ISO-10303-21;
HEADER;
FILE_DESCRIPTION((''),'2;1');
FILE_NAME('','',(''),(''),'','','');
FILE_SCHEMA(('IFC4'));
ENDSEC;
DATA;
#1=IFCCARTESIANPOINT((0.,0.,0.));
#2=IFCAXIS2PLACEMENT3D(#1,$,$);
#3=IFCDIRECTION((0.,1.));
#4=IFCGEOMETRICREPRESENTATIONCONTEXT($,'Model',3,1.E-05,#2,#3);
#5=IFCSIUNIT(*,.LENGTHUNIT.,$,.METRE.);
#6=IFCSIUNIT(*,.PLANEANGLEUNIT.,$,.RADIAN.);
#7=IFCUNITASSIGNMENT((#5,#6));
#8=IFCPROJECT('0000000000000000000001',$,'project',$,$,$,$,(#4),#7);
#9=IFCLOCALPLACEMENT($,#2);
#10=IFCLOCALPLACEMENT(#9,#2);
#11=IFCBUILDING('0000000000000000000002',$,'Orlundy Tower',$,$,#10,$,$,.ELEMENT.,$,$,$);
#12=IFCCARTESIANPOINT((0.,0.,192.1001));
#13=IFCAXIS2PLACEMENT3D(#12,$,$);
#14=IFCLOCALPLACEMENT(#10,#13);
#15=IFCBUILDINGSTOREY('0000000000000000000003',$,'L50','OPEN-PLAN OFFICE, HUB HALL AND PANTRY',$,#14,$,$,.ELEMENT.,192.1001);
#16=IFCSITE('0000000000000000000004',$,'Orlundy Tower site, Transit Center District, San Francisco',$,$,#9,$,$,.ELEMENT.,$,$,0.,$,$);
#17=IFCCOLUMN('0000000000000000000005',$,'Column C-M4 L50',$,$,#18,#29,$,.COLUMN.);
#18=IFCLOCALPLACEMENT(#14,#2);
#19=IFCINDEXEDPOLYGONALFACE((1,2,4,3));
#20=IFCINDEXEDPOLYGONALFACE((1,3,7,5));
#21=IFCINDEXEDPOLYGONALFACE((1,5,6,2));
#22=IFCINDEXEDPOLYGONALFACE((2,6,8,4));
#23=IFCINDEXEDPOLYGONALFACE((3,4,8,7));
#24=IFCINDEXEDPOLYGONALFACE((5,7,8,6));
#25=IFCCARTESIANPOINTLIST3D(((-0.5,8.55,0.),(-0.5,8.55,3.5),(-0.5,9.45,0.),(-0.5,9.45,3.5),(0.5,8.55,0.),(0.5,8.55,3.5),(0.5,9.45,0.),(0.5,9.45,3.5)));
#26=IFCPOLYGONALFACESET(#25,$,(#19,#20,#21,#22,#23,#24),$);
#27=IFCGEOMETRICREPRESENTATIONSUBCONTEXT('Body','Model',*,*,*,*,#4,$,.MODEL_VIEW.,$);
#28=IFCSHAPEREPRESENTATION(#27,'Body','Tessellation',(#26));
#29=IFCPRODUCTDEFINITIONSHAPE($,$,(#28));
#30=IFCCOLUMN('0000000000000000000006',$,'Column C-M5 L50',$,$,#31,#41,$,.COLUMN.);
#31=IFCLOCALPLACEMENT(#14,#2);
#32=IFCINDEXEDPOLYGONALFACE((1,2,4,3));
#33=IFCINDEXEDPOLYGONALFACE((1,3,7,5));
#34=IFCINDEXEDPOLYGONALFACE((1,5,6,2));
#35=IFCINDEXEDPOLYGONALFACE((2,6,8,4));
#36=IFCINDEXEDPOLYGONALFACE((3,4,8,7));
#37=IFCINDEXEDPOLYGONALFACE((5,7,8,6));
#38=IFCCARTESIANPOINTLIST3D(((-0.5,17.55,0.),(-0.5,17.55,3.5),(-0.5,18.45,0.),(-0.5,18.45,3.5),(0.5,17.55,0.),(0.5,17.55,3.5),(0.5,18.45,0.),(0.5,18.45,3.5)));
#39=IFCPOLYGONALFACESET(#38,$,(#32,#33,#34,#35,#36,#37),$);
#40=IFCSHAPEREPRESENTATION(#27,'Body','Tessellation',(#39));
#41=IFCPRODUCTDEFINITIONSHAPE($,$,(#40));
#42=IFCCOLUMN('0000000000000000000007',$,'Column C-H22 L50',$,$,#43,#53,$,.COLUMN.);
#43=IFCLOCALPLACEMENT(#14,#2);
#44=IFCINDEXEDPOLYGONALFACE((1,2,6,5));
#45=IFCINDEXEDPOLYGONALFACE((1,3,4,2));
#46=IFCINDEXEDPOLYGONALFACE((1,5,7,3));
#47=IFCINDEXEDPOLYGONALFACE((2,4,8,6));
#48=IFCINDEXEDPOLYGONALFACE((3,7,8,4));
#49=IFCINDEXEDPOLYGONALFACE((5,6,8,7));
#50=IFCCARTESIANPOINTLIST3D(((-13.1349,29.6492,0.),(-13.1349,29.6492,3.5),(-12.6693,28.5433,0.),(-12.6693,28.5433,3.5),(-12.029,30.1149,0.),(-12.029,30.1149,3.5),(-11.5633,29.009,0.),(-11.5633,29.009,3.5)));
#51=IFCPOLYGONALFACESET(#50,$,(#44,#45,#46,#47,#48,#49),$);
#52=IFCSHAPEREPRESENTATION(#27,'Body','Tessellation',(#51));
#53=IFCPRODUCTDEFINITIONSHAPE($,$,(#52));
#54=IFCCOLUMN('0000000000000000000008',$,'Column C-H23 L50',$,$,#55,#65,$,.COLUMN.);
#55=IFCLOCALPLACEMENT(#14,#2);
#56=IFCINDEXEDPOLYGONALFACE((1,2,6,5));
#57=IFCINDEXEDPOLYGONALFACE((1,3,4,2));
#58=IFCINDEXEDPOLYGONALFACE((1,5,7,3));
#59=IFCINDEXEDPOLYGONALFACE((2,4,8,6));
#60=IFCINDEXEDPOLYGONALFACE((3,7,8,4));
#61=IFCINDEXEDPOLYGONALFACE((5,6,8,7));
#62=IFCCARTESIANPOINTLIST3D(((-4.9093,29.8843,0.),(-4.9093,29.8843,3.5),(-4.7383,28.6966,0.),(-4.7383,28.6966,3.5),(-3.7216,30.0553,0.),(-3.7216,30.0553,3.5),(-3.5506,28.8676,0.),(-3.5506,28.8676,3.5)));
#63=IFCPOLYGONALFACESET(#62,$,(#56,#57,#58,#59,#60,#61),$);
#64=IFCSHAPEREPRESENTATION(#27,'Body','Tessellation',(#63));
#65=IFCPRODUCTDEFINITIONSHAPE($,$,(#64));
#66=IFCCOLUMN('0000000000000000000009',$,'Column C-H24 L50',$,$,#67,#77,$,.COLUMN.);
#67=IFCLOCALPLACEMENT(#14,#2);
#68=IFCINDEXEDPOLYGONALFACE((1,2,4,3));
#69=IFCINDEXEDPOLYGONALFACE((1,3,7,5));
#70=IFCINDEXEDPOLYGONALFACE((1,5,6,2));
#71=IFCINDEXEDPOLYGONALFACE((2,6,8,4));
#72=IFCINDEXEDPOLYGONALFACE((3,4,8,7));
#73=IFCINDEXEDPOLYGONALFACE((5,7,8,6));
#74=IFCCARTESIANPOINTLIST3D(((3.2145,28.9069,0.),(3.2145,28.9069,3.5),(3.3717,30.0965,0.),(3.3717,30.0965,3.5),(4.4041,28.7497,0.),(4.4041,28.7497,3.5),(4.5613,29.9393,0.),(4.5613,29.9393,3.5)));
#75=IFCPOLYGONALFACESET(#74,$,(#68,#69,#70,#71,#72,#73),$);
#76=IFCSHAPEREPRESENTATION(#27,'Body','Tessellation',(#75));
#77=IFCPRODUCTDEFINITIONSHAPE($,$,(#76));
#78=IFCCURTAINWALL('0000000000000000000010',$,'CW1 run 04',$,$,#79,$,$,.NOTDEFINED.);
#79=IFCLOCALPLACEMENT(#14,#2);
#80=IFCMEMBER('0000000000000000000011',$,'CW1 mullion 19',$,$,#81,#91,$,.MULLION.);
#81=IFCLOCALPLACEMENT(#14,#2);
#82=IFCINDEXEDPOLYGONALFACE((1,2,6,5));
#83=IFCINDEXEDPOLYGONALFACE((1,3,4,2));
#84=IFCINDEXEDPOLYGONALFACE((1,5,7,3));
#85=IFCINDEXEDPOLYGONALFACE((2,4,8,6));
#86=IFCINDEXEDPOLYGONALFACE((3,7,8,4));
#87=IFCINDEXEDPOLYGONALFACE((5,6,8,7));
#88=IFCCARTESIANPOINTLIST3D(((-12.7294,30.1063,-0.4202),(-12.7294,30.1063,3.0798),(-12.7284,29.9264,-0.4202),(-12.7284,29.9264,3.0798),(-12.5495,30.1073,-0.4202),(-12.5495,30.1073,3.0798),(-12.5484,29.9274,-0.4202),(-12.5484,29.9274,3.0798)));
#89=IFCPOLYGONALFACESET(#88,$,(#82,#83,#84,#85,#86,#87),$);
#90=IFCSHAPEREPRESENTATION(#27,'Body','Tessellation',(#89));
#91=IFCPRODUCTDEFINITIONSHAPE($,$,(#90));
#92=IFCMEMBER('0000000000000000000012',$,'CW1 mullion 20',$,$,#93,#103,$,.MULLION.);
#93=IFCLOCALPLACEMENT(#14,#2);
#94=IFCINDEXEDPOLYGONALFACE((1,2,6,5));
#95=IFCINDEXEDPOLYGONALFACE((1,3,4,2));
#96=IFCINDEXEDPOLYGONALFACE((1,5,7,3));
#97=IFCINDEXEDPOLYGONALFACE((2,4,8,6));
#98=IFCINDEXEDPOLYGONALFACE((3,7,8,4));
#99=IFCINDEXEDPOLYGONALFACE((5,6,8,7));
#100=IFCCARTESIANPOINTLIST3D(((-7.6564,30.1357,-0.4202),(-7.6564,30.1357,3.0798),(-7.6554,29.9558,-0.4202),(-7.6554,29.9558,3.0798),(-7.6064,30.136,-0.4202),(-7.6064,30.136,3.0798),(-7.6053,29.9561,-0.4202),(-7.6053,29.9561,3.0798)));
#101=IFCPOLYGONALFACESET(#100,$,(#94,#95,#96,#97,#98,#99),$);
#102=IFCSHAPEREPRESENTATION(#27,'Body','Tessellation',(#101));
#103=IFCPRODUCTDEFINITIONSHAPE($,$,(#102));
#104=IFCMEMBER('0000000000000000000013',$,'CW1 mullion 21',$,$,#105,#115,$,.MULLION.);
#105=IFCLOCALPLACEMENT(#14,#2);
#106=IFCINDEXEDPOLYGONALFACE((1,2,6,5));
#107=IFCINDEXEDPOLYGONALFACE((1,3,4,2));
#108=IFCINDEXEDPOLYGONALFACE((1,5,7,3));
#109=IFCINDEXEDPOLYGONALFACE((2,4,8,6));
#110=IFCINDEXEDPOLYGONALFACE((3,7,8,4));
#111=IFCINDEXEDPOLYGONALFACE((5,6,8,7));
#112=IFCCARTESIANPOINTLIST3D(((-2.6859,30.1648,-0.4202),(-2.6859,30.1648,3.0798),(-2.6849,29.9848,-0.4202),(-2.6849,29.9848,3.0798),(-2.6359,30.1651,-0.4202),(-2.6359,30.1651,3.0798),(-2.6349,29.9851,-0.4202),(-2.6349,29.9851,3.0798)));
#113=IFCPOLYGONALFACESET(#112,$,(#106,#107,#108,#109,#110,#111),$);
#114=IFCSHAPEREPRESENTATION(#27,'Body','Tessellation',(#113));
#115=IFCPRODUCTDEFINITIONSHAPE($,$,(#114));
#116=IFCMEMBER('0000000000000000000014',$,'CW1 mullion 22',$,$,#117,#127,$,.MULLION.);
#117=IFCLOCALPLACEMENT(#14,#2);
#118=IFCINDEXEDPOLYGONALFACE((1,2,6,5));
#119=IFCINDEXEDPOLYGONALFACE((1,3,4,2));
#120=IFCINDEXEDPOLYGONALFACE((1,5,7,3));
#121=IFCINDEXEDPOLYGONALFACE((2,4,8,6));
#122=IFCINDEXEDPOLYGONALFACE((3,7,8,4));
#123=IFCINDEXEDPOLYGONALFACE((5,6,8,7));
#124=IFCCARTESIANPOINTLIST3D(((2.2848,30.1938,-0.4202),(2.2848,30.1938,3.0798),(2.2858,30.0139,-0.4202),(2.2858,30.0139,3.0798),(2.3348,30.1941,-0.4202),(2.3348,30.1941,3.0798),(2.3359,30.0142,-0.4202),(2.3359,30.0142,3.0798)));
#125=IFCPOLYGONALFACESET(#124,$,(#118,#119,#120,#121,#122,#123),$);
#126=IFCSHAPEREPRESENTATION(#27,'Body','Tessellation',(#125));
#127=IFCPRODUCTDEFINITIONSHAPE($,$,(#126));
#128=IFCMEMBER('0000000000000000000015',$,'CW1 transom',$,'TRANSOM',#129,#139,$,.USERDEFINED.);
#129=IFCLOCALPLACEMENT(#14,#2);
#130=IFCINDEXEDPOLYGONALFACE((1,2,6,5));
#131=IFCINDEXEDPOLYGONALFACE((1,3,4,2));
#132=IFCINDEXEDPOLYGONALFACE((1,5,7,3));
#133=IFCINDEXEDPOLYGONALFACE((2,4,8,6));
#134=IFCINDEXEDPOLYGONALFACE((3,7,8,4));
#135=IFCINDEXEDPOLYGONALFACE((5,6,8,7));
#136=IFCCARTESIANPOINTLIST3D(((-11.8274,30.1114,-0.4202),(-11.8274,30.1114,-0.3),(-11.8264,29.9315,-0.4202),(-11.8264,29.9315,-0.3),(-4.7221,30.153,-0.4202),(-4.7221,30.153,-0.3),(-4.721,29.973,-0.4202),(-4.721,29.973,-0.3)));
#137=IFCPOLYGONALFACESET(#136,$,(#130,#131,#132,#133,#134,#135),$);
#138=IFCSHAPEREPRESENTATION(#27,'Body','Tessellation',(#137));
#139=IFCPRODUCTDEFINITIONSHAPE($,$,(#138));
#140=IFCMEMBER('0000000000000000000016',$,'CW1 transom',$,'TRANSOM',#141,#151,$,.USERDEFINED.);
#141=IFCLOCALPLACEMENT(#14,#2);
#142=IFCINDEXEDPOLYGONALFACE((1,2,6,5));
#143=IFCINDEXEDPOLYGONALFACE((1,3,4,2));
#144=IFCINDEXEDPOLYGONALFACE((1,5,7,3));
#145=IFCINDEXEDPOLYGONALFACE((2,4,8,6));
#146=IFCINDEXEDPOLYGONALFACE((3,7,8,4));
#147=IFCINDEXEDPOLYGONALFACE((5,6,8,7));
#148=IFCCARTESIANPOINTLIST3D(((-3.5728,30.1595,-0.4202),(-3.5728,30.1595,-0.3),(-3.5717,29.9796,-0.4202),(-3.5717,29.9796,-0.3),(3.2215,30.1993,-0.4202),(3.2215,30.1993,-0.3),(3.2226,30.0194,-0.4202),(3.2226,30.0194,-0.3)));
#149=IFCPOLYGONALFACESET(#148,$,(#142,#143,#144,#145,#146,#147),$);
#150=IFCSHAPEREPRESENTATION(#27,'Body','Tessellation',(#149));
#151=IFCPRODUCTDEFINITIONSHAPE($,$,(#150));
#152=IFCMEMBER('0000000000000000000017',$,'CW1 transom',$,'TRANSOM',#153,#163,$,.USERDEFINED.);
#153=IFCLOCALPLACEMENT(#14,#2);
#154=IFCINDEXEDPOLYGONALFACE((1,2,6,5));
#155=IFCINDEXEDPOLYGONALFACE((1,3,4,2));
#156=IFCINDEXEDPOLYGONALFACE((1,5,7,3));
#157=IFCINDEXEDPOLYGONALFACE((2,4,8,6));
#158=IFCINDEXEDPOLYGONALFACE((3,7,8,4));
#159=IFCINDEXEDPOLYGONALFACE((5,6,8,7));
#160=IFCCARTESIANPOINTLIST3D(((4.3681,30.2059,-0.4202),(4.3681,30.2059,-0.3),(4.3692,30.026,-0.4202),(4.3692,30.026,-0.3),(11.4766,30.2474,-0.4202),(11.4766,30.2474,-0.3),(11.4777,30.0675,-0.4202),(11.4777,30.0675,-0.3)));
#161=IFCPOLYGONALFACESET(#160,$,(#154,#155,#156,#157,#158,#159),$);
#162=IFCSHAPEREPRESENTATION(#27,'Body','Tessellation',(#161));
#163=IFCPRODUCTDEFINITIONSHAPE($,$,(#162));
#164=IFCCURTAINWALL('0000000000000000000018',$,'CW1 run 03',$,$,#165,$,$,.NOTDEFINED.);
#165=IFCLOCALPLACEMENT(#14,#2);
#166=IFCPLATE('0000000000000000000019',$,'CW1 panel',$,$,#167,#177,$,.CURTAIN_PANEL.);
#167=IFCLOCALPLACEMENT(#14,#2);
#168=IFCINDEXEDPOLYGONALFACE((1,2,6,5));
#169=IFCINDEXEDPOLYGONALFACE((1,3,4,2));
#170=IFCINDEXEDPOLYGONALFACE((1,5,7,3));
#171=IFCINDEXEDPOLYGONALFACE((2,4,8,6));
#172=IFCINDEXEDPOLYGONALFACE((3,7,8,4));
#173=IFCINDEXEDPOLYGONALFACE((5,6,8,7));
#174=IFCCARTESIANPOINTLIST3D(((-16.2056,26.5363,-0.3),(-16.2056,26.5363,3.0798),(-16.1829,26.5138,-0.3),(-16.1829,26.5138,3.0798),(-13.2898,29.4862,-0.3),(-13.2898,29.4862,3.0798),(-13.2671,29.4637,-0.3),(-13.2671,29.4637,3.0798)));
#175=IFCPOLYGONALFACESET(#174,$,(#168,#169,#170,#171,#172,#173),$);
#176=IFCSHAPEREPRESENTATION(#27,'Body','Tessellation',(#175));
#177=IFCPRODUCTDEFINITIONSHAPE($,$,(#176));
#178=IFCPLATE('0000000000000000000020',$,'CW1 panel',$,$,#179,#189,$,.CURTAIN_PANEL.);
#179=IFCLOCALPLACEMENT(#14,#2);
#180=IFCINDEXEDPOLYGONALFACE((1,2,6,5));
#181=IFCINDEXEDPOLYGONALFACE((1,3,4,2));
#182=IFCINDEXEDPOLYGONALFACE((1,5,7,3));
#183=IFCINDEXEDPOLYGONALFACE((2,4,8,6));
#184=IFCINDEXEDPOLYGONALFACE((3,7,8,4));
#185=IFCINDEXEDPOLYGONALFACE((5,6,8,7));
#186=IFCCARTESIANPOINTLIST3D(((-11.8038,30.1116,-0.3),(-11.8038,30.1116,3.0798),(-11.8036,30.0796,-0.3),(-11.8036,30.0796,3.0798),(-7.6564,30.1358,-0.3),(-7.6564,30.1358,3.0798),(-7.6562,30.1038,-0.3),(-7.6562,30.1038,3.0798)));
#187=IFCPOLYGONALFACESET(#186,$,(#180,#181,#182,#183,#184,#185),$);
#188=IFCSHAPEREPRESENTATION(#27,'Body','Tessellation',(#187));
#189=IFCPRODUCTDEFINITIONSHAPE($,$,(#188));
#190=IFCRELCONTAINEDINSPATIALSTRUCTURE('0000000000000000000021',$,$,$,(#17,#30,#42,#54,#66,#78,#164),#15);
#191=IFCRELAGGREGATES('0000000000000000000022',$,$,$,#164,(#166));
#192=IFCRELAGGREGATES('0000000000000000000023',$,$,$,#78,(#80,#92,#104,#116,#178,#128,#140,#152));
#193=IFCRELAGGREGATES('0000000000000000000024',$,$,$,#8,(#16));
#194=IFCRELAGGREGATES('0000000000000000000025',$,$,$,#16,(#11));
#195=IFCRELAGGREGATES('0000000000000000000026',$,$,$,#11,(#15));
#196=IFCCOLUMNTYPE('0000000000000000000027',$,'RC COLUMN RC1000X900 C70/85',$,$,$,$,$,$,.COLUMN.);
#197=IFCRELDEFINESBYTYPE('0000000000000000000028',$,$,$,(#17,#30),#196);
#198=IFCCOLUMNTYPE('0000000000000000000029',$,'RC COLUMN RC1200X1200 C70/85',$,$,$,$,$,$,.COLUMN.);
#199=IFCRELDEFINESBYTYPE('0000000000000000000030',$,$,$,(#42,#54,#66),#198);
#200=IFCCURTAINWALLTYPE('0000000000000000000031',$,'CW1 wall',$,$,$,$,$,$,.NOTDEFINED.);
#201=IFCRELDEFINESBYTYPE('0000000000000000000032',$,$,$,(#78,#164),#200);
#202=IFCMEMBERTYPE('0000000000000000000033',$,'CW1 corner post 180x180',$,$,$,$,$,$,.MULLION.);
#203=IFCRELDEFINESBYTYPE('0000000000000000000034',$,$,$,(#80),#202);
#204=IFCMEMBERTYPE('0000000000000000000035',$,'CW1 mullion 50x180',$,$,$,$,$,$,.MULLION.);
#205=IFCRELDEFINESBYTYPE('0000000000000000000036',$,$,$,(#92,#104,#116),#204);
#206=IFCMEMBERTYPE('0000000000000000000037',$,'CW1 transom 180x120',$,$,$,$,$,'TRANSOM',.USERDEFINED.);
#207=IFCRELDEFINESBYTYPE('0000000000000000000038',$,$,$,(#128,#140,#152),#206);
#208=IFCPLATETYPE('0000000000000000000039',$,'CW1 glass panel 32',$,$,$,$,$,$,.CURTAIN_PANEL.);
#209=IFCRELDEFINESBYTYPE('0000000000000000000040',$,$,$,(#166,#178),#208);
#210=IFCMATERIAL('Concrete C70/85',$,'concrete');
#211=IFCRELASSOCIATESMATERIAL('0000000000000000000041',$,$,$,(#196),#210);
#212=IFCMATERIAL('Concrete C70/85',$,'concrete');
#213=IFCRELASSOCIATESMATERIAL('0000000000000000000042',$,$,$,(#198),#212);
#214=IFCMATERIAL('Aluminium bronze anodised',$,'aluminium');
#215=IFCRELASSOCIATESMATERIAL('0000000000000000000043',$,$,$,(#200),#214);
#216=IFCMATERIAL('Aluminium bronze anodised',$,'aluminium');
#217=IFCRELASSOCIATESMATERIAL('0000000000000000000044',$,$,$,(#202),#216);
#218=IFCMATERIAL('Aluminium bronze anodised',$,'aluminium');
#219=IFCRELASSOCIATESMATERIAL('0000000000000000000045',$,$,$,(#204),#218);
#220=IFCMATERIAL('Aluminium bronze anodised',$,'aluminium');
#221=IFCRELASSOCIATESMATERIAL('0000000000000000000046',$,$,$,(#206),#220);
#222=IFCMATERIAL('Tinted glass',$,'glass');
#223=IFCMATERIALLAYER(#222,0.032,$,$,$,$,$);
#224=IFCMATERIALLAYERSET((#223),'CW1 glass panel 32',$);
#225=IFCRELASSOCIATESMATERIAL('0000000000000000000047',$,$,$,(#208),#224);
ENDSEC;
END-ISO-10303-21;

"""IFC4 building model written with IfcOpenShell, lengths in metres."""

from ifc_helpers import new_model, si_unit, direction, frame, origin, origin_2d, place, context, subcontext, project, spatial, rectangle, extrude, material, layer, layer_set, material_profile, profile_set, type_object, element, aggregate, save


model = new_model("IFC4")

# Units and contexts
model_context = context("Model", 3, precision=1e-05, world=origin(), true_north=direction((0.0, 1.0)))
body_context = subcontext(model_context, "Body", "Model", "MODEL_VIEW")
ifc_project = project(units=[si_unit("LENGTHUNIT", "METRE"), si_unit("PLANEANGLEUNIT", "RADIAN")], contexts=[model_context])

# Site, building, storey
site_placement = place(None, origin())
site = spatial("IfcSite", under=ifc_project, at=site_placement, Name="Orlundy Tower site, Transit Center District, San Francisco", CompositionType="ELEMENT", RefElevation=0.0)
building_placement = place(site_placement, origin())
building = spatial("IfcBuilding", under=site, at=building_placement, Name="Orlundy Tower", CompositionType="ELEMENT")
storey_placement = place(building_placement, frame((0.0, 0.0, 192.1001)))
storey = spatial("IfcBuildingStorey", under=building, at=storey_placement, Name="L50", Description="OPEN-PLAN OFFICE, HUB HALL AND PANTRY", CompositionType="ELEMENT", Elevation=192.1001)

# Columns
ifc_material_1 = material(Name="Concrete C70/85", Category="concrete")
ifc_material_profile_1 = material_profile(ifc_material_1, rectangle(XDim=1.0, YDim=0.8999, at=origin_2d()), Name="RC1000X900")
ifc_profile_set_1 = profile_set([ifc_material_profile_1], Name="Concrete C70/85")
column_type_1 = type_object("IfcColumnType", Name="RC COLUMN RC1000X900 C70/85", PredefinedType="COLUMN", material=ifc_profile_set_1)
for number, where, z_axis, x_axis, name in (
    (1, (0.0, 9.0, 0.0), (0.0, 0.0, 1.0), (1.0, 0.0, 0.0), "Column C-M4 L50"),
    (2, (0.0, 18.0, 0.0), (0.0, 0.0, 1.0), (1.0, 0.0, 0.0), "Column C-M5 L50"),
):
    element("IfcColumn", number, at=place(storey_placement, frame(where, z_axis=z_axis, x_axis=x_axis)), inside=storey, type_object=column_type_1, Name=name, PredefinedType="COLUMN", context=body_context, shape_type="SweptSolid", body=[
        extrude(rectangle(XDim=1.0, YDim=0.8999, at=origin_2d()), origin(), (0.0, 0.0, 1.0), 3.5),
    ])
ifc_material_2 = material(Name="Concrete C70/85", Category="concrete")
ifc_material_profile_2 = material_profile(ifc_material_2, rectangle(XDim=1.2, YDim=1.2, at=origin_2d()), Name="RC1200X1200")
ifc_profile_set_2 = profile_set([ifc_material_profile_2], Name="Concrete C70/85")
column_type_2 = type_object("IfcColumnType", Name="RC COLUMN RC1200X1200 C70/85", PredefinedType="COLUMN", material=ifc_profile_set_2)
for number, where, z_axis, x_axis, name in (
    (3, (-12.3491, 29.3291, 0.0), (0.0, 0.0, 1.0), (-0.388063, 0.921633, 0.0), "Column C-H22 L50"),
    (4, (-4.23, 29.376, 0.0), (0.0, 0.0, 1.0), (-0.142525, 0.989791, 0.0), "Column C-H23 L50"),
    (5, (3.8879, 29.4231, 0.0), (0.0, 0.0, 1.0), (0.131011, 0.991381, 0.0), "Column C-H24 L50"),
):
    element("IfcColumn", number, at=place(storey_placement, frame(where, z_axis=z_axis, x_axis=x_axis)), inside=storey, type_object=column_type_2, Name=name, PredefinedType="COLUMN", context=body_context, shape_type="SweptSolid", body=[
        extrude(rectangle(XDim=1.2, YDim=1.2, at=origin_2d()), origin(), (0.0, 0.0, 1.0), 3.5),
    ])

# Curtain wall, members
ifc_material_3 = material(Name="Aluminium bronze anodised", Category="aluminium")
curtain_wall_type = type_object("IfcCurtainWallType", Name="CW1 wall", PredefinedType="NOTDEFINED", material=ifc_material_3)
curtain_wall_1_placement = place(storey_placement, origin())
curtain_wall_1 = element("IfcCurtainWall", 6, at=curtain_wall_1_placement, inside=storey, type_object=curtain_wall_type, Name="CW1 run 04", PredefinedType="NOTDEFINED")
ifc_material_4 = material(Name="Aluminium bronze anodised", Category="aluminium")
ifc_material_profile_3 = material_profile(ifc_material_4, rectangle(XDim=0.1799, YDim=0.1799, at=origin_2d()), Name="CW1 corner post 180x180")
ifc_profile_set_3 = profile_set([ifc_material_profile_3], Name="Aluminium bronze anodised")
member_type_1 = type_object("IfcMemberType", Name="CW1 corner post 180x180", PredefinedType="MULLION", material=ifc_profile_set_3)
member_1_placement = place(storey_placement, frame((-12.6389, 30.0168, -0.4202), z_axis=(0.0, 0.0, 1.0), x_axis=(-0.005834, 0.999983, 0.0)))
member_1 = element("IfcMember", 7, at=member_1_placement, type_object=member_type_1, Name="CW1 mullion 19", PredefinedType="MULLION", context=body_context, shape_type="SweptSolid", body=[
    extrude(rectangle(XDim=0.1799, YDim=0.1799, at=origin_2d()), origin(), (0.0, 0.0, 1.0), 3.5),
])
ifc_material_5 = material(Name="Aluminium bronze anodised", Category="aluminium")
ifc_material_profile_4 = material_profile(ifc_material_5, rectangle(XDim=0.1799, YDim=0.05, at=origin_2d()), Name="CW1 mullion 50x180")
ifc_profile_set_4 = profile_set([ifc_material_profile_4], Name="Aluminium bronze anodised")
member_type_2 = type_object("IfcMemberType", Name="CW1 mullion 50x180", PredefinedType="MULLION", material=ifc_profile_set_4)
member_2_placement = place(storey_placement, frame((-7.6309, 30.0459, -0.4202), z_axis=(0.0, 0.0, 1.0), x_axis=(-0.005834, 0.999983, 0.0)))
member_2 = element("IfcMember", 8, at=member_2_placement, type_object=member_type_2, Name="CW1 mullion 20", PredefinedType="MULLION", context=body_context, shape_type="SweptSolid", body=[
    extrude(rectangle(XDim=0.1799, YDim=0.05, at=origin_2d()), origin(), (0.0, 0.0, 1.0), 3.5),
])
member_3_placement = place(storey_placement, frame((-2.6604, 30.075, -0.4202), z_axis=(0.0, 0.0, 1.0), x_axis=(-0.005834, 0.999983, 0.0)))
member_3 = element("IfcMember", 9, at=member_3_placement, type_object=member_type_2, Name="CW1 mullion 21", PredefinedType="MULLION", context=body_context, shape_type="SweptSolid", body=[
    extrude(rectangle(XDim=0.1799, YDim=0.05, at=origin_2d()), origin(), (0.0, 0.0, 1.0), 3.5),
])
member_4_placement = place(storey_placement, frame((2.3103, 30.104, -0.4202), z_axis=(0.0, 0.0, 1.0), x_axis=(-0.005834, 0.999983, 0.0)))
member_4 = element("IfcMember", 10, at=member_4_placement, type_object=member_type_2, Name="CW1 mullion 22", PredefinedType="MULLION", context=body_context, shape_type="SweptSolid", body=[
    extrude(rectangle(XDim=0.1799, YDim=0.05, at=origin_2d()), origin(), (0.0, 0.0, 1.0), 3.5),
])
ifc_material_6 = material(Name="Aluminium bronze anodised", Category="aluminium")
ifc_material_profile_5 = material_profile(ifc_material_6, rectangle(XDim=0.1799, YDim=0.1201, at=origin_2d()), Name="CW1 transom 180x120")
ifc_profile_set_5 = profile_set([ifc_material_profile_5], Name="Aluminium bronze anodised")
member_type_3 = type_object("IfcMemberType", Name="CW1 transom 180x120", ElementType="TRANSOM", PredefinedType="USERDEFINED", material=ifc_profile_set_5)
member_5_placement = place(storey_placement, frame((-11.8269, 30.0215, -0.3601), z_axis=(0.999983, 0.005841, 0.0), x_axis=(-0.005841, 0.999983, 0.0)))
member_5 = element("IfcMember", 11, at=member_5_placement, type_object=member_type_3, Name="CW1 transom", ObjectType="TRANSOM", PredefinedType="USERDEFINED", context=body_context, shape_type="SweptSolid", body=[
    extrude(rectangle(XDim=0.1799, YDim=0.1201, at=origin_2d()), origin(), (0.0, 0.0, 1.0), 7.1055),
])
member_6_placement = place(storey_placement, frame((-3.5723, 30.0696, -0.3601), z_axis=(0.999983, 0.005857, 0.0), x_axis=(-0.005857, 0.999983, 0.0)))
member_6 = element("IfcMember", 12, at=member_6_placement, type_object=member_type_3, Name="CW1 transom", ObjectType="TRANSOM", PredefinedType="USERDEFINED", context=body_context, shape_type="SweptSolid", body=[
    extrude(rectangle(XDim=0.1799, YDim=0.1201, at=origin_2d()), origin(), (0.0, 0.0, 1.0), 6.7944),
])
member_7_placement = place(storey_placement, frame((4.3687, 30.116, -0.3601), z_axis=(0.999983, 0.005838, 0.0), x_axis=(-0.005838, 0.999983, 0.0)))
member_7 = element("IfcMember", 13, at=member_7_placement, type_object=member_type_3, Name="CW1 transom", ObjectType="TRANSOM", PredefinedType="USERDEFINED", context=body_context, shape_type="SweptSolid", body=[
    extrude(rectangle(XDim=0.1799, YDim=0.1201, at=origin_2d()), origin(), (0.0, 0.0, 1.0), 7.1086),
])

# Curtain wall, plate
curtain_wall_2_placement = place(storey_placement, origin())
curtain_wall_2 = element("IfcCurtainWall", 14, at=curtain_wall_2_placement, inside=storey, type_object=curtain_wall_type, Name="CW1 run 03", PredefinedType="NOTDEFINED")
ifc_material_7 = material(Name="Tinted glass", Category="glass")
ifc_layer_1 = layer(ifc_material_7, 0.032)
ifc_layer_set_1 = layer_set([ifc_layer_1], Name="CW1 glass panel 32")
plate_type = type_object("IfcPlateType", Name="CW1 glass panel 32", PredefinedType="CURTAIN_PANEL", material=ifc_layer_set_1)
plate_1_placement = place(storey_placement, frame((-14.7363, 28.0, -0.3), z_axis=(0.0, 0.0, 1.0), x_axis=(0.702991, 0.711199, 0.0)))
plate_1 = element("IfcPlate", 15, at=plate_1_placement, type_object=plate_type, Name="CW1 panel", PredefinedType="CURTAIN_PANEL", context=body_context, shape_type="SweptSolid", body=[
    extrude(rectangle(XDim=4.1477, YDim=0.032, at=origin_2d()), origin(), (0.0, 0.0, 1.0), 3.3799),
])
aggregate(curtain_wall_2, [plate_1])

# Plate
plate_2_placement = place(storey_placement, frame((-9.73, 30.1077, -0.3), z_axis=(0.0, 0.0, 1.0), x_axis=(0.999983, 0.005834, 0.0)))
plate_2 = element("IfcPlate", 16, at=plate_2_placement, type_object=plate_type, Name="CW1 panel", PredefinedType="CURTAIN_PANEL", context=body_context, shape_type="SweptSolid", body=[
    extrude(rectangle(XDim=4.1475, YDim=0.032, at=origin_2d()), origin(), (0.0, 0.0, 1.0), 3.3799),
])
aggregate(curtain_wall_1, [member_1, member_2, member_3, member_4, plate_2, member_5, member_6, member_7])

save(model, "model.ifc")
